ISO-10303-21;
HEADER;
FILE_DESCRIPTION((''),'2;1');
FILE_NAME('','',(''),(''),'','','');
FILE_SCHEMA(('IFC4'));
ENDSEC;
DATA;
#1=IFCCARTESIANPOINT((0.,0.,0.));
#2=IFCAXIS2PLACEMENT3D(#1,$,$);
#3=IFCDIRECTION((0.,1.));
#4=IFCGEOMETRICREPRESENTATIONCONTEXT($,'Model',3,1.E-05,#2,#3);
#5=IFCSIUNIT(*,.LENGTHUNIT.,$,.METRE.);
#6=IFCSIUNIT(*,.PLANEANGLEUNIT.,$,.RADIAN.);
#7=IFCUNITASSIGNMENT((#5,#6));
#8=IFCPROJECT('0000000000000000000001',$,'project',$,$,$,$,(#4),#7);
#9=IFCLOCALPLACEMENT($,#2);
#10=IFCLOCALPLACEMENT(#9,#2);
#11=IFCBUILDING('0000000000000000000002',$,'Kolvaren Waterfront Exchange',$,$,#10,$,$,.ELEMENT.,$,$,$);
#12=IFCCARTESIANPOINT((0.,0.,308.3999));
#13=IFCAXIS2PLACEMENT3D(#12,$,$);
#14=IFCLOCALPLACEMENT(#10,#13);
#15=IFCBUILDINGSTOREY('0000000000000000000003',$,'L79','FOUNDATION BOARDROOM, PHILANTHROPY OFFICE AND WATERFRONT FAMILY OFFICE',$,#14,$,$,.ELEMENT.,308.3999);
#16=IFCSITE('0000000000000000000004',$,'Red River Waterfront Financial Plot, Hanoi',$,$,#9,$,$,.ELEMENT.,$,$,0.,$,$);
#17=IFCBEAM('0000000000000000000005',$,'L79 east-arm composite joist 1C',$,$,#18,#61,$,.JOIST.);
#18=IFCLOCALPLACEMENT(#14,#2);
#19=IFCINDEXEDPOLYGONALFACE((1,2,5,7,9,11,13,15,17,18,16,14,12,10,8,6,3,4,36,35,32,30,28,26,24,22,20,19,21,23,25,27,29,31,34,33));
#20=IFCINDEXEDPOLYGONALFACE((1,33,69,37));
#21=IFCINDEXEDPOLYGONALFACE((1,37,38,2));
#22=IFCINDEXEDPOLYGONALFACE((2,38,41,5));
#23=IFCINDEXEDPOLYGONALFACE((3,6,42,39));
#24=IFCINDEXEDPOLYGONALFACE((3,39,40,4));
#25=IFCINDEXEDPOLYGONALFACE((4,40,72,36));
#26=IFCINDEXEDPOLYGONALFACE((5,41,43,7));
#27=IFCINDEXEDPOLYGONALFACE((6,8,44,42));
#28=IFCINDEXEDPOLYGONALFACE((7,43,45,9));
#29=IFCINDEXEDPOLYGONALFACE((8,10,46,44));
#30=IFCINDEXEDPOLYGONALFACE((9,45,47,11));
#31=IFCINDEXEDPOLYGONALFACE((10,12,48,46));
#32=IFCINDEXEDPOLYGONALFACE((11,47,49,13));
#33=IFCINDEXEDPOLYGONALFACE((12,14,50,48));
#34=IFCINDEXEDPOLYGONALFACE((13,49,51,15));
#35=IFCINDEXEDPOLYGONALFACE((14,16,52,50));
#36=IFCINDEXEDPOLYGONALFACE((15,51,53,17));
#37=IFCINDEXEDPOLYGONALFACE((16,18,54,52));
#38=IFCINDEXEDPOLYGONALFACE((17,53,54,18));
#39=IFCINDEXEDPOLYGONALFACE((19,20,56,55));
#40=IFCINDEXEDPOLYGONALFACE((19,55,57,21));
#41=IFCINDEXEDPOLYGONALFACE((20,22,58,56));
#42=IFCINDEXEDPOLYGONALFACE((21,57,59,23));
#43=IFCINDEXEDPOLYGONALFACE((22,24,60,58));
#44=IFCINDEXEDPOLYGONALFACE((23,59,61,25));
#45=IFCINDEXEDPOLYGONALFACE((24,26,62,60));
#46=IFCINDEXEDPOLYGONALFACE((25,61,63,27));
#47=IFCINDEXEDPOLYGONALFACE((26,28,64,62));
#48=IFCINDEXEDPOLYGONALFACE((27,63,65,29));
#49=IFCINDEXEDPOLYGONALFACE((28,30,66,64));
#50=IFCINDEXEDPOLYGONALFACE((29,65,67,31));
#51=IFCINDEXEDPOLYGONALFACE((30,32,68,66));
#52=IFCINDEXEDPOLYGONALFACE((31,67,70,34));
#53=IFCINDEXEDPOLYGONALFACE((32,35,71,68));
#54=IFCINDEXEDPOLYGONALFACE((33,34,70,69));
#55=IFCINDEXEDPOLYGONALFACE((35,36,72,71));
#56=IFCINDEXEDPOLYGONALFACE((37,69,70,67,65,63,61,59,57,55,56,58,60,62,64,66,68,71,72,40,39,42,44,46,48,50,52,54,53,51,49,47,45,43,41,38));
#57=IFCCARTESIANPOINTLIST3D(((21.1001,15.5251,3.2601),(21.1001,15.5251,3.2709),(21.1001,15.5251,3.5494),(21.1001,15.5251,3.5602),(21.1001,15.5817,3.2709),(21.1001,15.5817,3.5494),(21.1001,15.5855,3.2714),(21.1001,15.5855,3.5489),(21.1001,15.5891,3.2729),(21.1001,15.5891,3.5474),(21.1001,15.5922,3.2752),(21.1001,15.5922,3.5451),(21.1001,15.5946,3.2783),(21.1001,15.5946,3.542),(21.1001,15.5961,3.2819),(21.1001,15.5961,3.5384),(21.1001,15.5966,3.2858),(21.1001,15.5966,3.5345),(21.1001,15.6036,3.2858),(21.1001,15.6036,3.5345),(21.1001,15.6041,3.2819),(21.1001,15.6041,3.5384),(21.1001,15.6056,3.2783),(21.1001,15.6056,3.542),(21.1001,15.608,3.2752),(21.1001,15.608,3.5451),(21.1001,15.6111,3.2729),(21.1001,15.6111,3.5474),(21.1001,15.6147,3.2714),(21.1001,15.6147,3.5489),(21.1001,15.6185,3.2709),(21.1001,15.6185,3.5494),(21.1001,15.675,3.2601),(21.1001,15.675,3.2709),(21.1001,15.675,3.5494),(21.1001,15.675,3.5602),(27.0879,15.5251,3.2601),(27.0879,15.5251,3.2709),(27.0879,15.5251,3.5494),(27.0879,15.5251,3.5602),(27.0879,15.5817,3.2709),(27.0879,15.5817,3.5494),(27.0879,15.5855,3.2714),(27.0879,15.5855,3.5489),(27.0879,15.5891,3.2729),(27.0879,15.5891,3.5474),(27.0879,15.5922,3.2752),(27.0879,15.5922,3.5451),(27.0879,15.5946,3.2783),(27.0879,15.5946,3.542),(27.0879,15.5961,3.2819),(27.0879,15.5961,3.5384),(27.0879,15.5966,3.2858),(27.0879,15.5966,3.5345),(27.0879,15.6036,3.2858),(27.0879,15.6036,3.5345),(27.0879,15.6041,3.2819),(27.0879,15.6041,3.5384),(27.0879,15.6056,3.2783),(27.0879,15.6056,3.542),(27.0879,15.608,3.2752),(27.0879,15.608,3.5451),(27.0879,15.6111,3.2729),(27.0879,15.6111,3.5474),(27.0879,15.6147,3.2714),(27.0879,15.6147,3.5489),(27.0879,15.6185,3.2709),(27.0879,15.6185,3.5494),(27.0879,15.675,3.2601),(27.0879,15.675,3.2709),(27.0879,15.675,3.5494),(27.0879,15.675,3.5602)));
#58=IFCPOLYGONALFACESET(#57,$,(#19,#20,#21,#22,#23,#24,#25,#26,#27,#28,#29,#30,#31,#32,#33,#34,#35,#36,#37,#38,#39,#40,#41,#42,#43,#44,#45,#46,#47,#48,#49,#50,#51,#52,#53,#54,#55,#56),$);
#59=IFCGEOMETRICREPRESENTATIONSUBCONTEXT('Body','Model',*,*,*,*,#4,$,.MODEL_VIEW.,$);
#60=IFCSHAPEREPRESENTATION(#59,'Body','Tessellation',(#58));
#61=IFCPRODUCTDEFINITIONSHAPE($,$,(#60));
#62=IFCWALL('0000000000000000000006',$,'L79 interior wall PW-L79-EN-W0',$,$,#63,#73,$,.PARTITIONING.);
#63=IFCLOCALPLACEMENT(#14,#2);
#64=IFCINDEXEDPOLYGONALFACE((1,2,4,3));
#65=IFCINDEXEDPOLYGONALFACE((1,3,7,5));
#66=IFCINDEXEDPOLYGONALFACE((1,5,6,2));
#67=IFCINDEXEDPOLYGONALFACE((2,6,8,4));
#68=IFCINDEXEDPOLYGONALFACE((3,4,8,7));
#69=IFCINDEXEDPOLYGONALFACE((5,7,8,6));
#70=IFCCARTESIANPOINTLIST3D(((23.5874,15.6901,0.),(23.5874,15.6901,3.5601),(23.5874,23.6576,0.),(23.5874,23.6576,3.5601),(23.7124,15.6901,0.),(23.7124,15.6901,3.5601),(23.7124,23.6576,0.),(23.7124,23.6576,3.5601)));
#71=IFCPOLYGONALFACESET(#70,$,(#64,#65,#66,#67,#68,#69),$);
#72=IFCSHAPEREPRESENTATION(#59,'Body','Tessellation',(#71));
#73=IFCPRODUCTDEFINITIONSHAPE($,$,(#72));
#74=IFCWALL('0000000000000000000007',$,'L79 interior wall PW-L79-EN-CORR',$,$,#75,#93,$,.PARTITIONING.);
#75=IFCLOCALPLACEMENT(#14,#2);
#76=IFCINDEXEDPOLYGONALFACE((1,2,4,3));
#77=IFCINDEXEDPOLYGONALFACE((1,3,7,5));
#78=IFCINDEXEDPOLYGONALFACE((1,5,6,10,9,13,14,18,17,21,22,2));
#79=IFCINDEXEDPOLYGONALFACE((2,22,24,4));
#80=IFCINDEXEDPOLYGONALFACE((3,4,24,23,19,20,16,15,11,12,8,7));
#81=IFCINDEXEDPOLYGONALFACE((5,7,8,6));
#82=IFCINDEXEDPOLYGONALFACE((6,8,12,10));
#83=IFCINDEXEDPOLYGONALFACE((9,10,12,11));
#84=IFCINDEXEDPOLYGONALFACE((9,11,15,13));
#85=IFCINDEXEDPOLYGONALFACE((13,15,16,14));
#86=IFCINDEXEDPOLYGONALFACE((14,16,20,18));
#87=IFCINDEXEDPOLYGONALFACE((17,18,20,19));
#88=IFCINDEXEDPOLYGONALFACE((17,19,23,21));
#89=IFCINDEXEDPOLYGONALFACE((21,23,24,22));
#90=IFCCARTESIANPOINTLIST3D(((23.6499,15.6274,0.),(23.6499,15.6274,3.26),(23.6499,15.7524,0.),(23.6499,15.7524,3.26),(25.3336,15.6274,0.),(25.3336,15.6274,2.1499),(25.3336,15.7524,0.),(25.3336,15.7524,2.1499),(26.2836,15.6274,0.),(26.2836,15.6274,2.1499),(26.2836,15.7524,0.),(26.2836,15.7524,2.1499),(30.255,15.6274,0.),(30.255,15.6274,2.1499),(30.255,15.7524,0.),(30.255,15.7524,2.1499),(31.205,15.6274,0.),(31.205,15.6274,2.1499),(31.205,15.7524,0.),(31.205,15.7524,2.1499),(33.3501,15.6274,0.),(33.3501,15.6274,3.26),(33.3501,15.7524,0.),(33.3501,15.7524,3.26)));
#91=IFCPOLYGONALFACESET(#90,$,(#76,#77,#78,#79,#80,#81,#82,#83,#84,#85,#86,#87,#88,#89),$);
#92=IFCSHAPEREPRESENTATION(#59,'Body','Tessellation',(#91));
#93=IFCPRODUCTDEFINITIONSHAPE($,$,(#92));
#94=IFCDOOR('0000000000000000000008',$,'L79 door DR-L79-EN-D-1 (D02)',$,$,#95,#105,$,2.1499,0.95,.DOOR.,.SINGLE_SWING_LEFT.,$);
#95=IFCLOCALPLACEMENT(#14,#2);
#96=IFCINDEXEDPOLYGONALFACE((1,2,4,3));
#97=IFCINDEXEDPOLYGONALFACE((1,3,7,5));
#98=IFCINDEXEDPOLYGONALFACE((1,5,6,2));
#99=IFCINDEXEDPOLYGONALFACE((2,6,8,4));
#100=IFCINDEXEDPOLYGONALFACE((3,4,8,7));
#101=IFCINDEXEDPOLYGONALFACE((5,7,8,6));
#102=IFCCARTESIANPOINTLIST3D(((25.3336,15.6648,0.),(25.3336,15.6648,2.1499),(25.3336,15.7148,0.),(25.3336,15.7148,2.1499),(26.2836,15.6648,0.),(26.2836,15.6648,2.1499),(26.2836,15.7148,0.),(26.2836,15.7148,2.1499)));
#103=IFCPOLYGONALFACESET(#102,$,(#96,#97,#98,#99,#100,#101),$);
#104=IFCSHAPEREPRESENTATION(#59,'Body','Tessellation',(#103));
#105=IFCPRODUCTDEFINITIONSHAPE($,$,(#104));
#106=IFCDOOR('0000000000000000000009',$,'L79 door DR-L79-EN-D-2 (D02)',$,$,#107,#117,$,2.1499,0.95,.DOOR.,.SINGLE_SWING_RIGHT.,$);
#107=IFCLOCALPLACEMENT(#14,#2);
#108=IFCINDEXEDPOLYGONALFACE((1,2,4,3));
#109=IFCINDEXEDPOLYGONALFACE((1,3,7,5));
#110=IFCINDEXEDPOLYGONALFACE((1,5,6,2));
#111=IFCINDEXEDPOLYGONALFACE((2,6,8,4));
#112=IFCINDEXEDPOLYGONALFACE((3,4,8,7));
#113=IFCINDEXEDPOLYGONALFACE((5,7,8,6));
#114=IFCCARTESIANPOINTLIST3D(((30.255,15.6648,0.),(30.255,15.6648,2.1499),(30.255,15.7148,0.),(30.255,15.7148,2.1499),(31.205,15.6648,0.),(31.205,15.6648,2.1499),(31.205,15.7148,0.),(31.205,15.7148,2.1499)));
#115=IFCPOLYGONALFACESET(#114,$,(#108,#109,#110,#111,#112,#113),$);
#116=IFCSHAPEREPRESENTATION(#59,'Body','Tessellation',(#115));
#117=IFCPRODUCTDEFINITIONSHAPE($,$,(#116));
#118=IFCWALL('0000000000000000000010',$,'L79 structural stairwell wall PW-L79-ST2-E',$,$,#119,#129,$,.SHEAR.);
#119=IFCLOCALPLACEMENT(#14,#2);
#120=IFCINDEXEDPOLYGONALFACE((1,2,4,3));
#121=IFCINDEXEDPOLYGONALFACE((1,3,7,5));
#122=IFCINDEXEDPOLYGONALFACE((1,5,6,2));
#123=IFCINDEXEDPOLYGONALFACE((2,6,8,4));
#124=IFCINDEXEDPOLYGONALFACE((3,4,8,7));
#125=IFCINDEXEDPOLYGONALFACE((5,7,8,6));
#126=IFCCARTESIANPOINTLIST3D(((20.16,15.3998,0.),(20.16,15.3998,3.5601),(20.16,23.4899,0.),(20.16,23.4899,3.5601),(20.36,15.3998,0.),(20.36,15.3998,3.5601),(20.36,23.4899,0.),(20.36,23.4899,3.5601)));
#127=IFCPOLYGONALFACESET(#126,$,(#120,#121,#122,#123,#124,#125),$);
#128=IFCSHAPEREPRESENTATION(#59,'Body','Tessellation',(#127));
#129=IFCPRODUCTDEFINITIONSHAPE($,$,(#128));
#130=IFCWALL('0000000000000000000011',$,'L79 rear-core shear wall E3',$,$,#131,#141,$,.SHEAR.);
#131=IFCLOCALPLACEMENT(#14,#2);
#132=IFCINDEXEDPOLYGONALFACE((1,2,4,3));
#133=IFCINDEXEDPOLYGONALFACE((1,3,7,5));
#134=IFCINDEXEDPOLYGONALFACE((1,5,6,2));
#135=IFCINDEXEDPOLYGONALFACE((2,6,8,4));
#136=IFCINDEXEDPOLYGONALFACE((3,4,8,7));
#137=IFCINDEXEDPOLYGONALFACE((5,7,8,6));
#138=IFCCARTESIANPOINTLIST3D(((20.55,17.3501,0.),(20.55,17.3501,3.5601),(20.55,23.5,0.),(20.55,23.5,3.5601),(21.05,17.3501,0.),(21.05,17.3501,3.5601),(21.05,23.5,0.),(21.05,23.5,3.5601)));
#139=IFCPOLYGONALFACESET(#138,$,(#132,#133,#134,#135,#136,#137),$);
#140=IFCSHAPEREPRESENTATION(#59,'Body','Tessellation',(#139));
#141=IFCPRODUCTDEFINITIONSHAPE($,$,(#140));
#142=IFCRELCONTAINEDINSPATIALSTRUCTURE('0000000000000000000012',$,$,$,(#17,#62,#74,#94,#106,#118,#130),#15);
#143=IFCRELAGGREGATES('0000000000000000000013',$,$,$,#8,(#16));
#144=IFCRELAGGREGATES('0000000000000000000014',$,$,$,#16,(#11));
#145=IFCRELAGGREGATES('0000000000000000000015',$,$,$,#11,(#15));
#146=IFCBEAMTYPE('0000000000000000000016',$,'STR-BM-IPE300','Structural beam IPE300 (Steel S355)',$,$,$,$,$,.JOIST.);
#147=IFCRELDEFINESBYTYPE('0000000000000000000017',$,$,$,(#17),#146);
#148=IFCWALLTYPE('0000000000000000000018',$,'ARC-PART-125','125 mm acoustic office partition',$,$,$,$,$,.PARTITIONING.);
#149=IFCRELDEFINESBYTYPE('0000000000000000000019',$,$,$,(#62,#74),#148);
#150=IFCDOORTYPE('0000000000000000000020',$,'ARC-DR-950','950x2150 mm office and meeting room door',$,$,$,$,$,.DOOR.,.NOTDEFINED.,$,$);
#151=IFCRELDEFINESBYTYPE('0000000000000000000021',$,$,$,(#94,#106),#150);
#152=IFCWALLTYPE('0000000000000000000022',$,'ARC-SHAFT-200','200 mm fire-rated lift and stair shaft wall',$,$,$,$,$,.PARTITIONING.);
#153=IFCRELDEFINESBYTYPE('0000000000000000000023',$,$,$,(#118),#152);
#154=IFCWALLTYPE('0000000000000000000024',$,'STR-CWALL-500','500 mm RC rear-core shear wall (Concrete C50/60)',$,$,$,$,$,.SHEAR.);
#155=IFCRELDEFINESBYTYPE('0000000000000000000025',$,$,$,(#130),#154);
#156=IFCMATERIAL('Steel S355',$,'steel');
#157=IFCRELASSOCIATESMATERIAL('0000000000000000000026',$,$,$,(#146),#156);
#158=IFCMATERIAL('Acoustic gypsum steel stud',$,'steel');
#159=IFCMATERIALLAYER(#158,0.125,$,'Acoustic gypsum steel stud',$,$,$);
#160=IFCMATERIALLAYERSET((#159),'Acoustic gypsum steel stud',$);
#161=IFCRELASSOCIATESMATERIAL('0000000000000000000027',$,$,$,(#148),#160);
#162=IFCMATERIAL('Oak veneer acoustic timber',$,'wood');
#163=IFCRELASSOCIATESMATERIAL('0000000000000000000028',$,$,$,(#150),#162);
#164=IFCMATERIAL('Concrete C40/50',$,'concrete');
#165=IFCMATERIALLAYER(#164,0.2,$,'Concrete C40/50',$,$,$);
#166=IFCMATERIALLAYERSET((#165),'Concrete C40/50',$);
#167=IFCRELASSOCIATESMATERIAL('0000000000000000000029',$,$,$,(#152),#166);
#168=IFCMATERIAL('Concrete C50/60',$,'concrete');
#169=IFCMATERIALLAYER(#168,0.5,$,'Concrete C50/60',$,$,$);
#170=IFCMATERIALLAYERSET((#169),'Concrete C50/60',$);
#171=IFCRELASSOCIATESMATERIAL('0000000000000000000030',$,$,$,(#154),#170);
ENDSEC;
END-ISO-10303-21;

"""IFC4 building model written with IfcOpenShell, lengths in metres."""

from ifc_helpers import new_model, si_unit, direction, frame, frame_2d, origin, origin_2d, place, context, subcontext, project, spatial, rectangle, i_section, extrude, material, layer, layer_set, material_profile, profile_set, type_object, element, fill, save


model = new_model("IFC4")

# Units and contexts
model_context = context("Model", 3, precision=1e-05, world=origin(), true_north=direction((0.0, 1.0)))
body_context = subcontext(model_context, "Body", "Model", "MODEL_VIEW")
ifc_project = project(units=[si_unit("LENGTHUNIT", "METRE"), si_unit("PLANEANGLEUNIT", "RADIAN")], contexts=[model_context])

# Site, building, storey
site_placement = place(None, origin())
site = spatial("IfcSite", under=ifc_project, at=site_placement, Name="Red River Waterfront Financial Plot, Hanoi", CompositionType="ELEMENT", RefElevation=0.0)
building_placement = place(site_placement, origin())
building = spatial("IfcBuilding", under=site, at=building_placement, Name="Kolvaren Waterfront Exchange", CompositionType="ELEMENT")
storey_placement = place(building_placement, frame((0.0, 0.0, 308.3999)))
storey = spatial("IfcBuildingStorey", under=building, at=storey_placement, Name="L79", Description="FOUNDATION BOARDROOM, PHILANTHROPY OFFICE AND WATERFRONT FAMILY OFFICE", CompositionType="ELEMENT", Elevation=308.3999)

# Shared definitions
ifc_material_1 = material(Name="Concrete C50/60", Category="concrete")

# Beam
ifc_material_2 = material(Name="Steel S355", Category="steel")
ifc_material_profile_1 = material_profile(ifc_material_2, i_section(OverallWidth=0.1499, OverallDepth=0.3, WebThickness=0.0071, FlangeThickness=0.0107, FilletRadius=0.0149, at=origin_2d()), Name="IPE300")
ifc_profile_set_1 = profile_set([ifc_material_profile_1], Name="Steel S355")
beam_type_1 = type_object("IfcBeamType", Name="STR-BM-IPE300", Description="Structural beam IPE300 (Steel S355)", PredefinedType="JOIST", material=ifc_profile_set_1)
for number, where, z_axis, x_axis, name in (
    (1, (21.1001, 15.6001, 3.4102), (1.0, 0.0, 0.0), (0.0, 1.0, 0.0), "L79 east-arm composite joist 1C"),
):
    element("IfcBeam", number, at=place(storey_placement, frame(where, z_axis=z_axis, x_axis=x_axis)), inside=storey, type_object=beam_type_1, Name=name, PredefinedType="JOIST", context=body_context, shape_type="SweptSolid", body=[
        extrude(i_section(OverallWidth=0.1499, OverallDepth=0.3, WebThickness=0.0071, FlangeThickness=0.0107, FilletRadius=0.0149, at=origin_2d()), origin(), (0.0, 0.0, 1.0), 5.9878),
    ])

# Shared definitions
ifc_material_3 = material(Name="Acoustic gypsum steel stud", Category="steel")
ifc_layer_1 = layer(ifc_material_3, 0.125, Name="Acoustic gypsum steel stud")
ifc_layer_set_1 = layer_set([ifc_layer_1], Name="Acoustic gypsum steel stud")
wall_type_1 = type_object("IfcWallType", Name="ARC-PART-125", Description="125 mm acoustic office partition", PredefinedType="PARTITIONING", material=ifc_layer_set_1)
ifc_material_4 = material(Name="Oak veneer acoustic timber", Category="wood")
door_type_1 = type_object("IfcDoorType", Name="ARC-DR-950", Description="950x2150 mm office and meeting room door", OperationType="NOTDEFINED", PredefinedType="DOOR", material=ifc_material_4)

# Wall
wall_1_placement = place(storey_placement, frame((23.6499, 15.6899, 0.0), z_axis=(0.0, 0.0, 1.0), x_axis=(0.0, 1.0, 0.0)))
element("IfcWall", 2, at=wall_1_placement, inside=storey, type_object=wall_type_1, Name="L79 interior wall PW-L79-EN-W0", PredefinedType="PARTITIONING", context=body_context, shape_type="SweptSolid", body=[
    extrude(rectangle(XDim=7.9675, YDim=0.125, at=frame_2d((3.9839, 0.0))), origin(), (0.0, 0.0, 1.0), 3.5601),
])

# Wall, openings, doors
wall_2_placement = place(storey_placement, frame((23.6499, 15.6899, 0.0), z_axis=(0.0, 0.0, 1.0), x_axis=(1.0, 0.0, 0.0)))
wall_2 = element("IfcWall", 3, at=wall_2_placement, inside=storey, type_object=wall_type_1, Name="L79 interior wall PW-L79-EN-CORR", PredefinedType="PARTITIONING", context=body_context, shape_type="SweptSolid", body=[
    extrude(rectangle(XDim=9.7002, YDim=0.125, at=frame_2d((4.8501, 0.0))), origin(), (0.0, 0.0, 1.0), 3.26),
])
opening_1_placement = place(wall_2_placement, frame((1.6836, 0.0, 0.0)))
opening_1 = element("IfcOpeningElement", 4, at=opening_1_placement, cuts=wall_2, PredefinedType="OPENING", context=body_context, shape_type="SweptSolid", body=[
    extrude(rectangle(XDim=0.95, YDim=2.1499, at=frame_2d((0.4751, 1.075))), frame((0.0, 0.0725, 0.0), z_axis=(0.0, -1.0, 0.0), x_axis=(1.0, 0.0, 0.0)), (0.0, 0.0, 1.0), 0.145),
])
opening_2_placement = place(wall_2_placement, frame((6.605, 0.0, 0.0)))
opening_2 = element("IfcOpeningElement", 5, at=opening_2_placement, cuts=wall_2, PredefinedType="OPENING", context=body_context, shape_type="SweptSolid", body=[
    extrude(rectangle(XDim=0.95, YDim=2.1499, at=frame_2d((0.4751, 1.075))), frame((0.0, 0.0725, 0.0), z_axis=(0.0, -1.0, 0.0), x_axis=(1.0, 0.0, 0.0)), (0.0, 0.0, 1.0), 0.145),
])
door_1_placement = place(opening_1_placement, origin())
door_1 = element("IfcDoor", 6, at=door_1_placement, inside=storey, type_object=door_type_1, Name="L79 door DR-L79-EN-D-1 (D02)", OperationType="SINGLE_SWING_LEFT", OverallHeight=2.1499, OverallWidth=0.95, PredefinedType="DOOR", context=body_context, shape_type="SweptSolid", body=[
    extrude(rectangle(XDim=0.95, YDim=2.1499, at=frame_2d((0.4751, 1.075))), frame((0.0, 0.0249, 0.0), z_axis=(0.0, -1.0, 0.0), x_axis=(1.0, 0.0, 0.0)), (0.0, 0.0, 1.0), 0.05),
])
fill(opening_1, door_1)
door_2_placement = place(opening_2_placement, origin())
door_2 = element("IfcDoor", 7, at=door_2_placement, inside=storey, type_object=door_type_1, Name="L79 door DR-L79-EN-D-2 (D02)", OperationType="SINGLE_SWING_RIGHT", OverallHeight=2.1499, OverallWidth=0.95, PredefinedType="DOOR", context=body_context, shape_type="SweptSolid", body=[
    extrude(rectangle(XDim=0.95, YDim=2.1499, at=frame_2d((0.4751, 1.075))), frame((0.0, 0.0249, 0.0), z_axis=(0.0, -1.0, 0.0), x_axis=(1.0, 0.0, 0.0)), (0.0, 0.0, 1.0), 0.05),
])
fill(opening_2, door_2)

# Walls
ifc_material_5 = material(Name="Concrete C40/50", Category="concrete")
ifc_layer_2 = layer(ifc_material_5, 0.2, Name="Concrete C40/50")
ifc_layer_set_2 = layer_set([ifc_layer_2], Name="Concrete C40/50")
wall_type_2 = type_object("IfcWallType", Name="ARC-SHAFT-200", Description="200 mm fire-rated lift and stair shaft wall", PredefinedType="PARTITIONING", material=ifc_layer_set_2)
wall_3_placement = place(storey_placement, frame((20.26, 15.3999, 0.0), z_axis=(0.0, 0.0, 1.0), x_axis=(0.0, 1.0, 0.0)))
element("IfcWall", 8, at=wall_3_placement, inside=storey, type_object=wall_type_2, Name="L79 structural stairwell wall PW-L79-ST2-E", PredefinedType="SHEAR", context=body_context, shape_type="SweptSolid", body=[
    extrude(rectangle(XDim=8.0901, YDim=0.2, at=frame_2d((4.0449, 0.0))), origin(), (0.0, 0.0, 1.0), 3.5601),
])
ifc_layer_3 = layer(ifc_material_1, 0.5, Name="Concrete C50/60")
ifc_layer_set_3 = layer_set([ifc_layer_3], Name="Concrete C50/60")
wall_type_3 = type_object("IfcWallType", Name="STR-CWALL-500", Description="500 mm RC rear-core shear wall (Concrete C50/60)", PredefinedType="SHEAR", material=ifc_layer_set_3)
wall_4_placement = place(storey_placement, frame((20.8, 17.3501, 0.0), z_axis=(0.0, 0.0, 1.0), x_axis=(0.0, 1.0, 0.0)))
element("IfcWall", 9, at=wall_4_placement, inside=storey, type_object=wall_type_3, Name="L79 rear-core shear wall E3", PredefinedType="SHEAR", context=body_context, shape_type="SweptSolid", body=[
    extrude(rectangle(XDim=6.1499, YDim=0.5, at=frame_2d((3.075, 0.0))), origin(), (0.0, 0.0, 1.0), 3.5601),
])

save(model, "model.ifc")
